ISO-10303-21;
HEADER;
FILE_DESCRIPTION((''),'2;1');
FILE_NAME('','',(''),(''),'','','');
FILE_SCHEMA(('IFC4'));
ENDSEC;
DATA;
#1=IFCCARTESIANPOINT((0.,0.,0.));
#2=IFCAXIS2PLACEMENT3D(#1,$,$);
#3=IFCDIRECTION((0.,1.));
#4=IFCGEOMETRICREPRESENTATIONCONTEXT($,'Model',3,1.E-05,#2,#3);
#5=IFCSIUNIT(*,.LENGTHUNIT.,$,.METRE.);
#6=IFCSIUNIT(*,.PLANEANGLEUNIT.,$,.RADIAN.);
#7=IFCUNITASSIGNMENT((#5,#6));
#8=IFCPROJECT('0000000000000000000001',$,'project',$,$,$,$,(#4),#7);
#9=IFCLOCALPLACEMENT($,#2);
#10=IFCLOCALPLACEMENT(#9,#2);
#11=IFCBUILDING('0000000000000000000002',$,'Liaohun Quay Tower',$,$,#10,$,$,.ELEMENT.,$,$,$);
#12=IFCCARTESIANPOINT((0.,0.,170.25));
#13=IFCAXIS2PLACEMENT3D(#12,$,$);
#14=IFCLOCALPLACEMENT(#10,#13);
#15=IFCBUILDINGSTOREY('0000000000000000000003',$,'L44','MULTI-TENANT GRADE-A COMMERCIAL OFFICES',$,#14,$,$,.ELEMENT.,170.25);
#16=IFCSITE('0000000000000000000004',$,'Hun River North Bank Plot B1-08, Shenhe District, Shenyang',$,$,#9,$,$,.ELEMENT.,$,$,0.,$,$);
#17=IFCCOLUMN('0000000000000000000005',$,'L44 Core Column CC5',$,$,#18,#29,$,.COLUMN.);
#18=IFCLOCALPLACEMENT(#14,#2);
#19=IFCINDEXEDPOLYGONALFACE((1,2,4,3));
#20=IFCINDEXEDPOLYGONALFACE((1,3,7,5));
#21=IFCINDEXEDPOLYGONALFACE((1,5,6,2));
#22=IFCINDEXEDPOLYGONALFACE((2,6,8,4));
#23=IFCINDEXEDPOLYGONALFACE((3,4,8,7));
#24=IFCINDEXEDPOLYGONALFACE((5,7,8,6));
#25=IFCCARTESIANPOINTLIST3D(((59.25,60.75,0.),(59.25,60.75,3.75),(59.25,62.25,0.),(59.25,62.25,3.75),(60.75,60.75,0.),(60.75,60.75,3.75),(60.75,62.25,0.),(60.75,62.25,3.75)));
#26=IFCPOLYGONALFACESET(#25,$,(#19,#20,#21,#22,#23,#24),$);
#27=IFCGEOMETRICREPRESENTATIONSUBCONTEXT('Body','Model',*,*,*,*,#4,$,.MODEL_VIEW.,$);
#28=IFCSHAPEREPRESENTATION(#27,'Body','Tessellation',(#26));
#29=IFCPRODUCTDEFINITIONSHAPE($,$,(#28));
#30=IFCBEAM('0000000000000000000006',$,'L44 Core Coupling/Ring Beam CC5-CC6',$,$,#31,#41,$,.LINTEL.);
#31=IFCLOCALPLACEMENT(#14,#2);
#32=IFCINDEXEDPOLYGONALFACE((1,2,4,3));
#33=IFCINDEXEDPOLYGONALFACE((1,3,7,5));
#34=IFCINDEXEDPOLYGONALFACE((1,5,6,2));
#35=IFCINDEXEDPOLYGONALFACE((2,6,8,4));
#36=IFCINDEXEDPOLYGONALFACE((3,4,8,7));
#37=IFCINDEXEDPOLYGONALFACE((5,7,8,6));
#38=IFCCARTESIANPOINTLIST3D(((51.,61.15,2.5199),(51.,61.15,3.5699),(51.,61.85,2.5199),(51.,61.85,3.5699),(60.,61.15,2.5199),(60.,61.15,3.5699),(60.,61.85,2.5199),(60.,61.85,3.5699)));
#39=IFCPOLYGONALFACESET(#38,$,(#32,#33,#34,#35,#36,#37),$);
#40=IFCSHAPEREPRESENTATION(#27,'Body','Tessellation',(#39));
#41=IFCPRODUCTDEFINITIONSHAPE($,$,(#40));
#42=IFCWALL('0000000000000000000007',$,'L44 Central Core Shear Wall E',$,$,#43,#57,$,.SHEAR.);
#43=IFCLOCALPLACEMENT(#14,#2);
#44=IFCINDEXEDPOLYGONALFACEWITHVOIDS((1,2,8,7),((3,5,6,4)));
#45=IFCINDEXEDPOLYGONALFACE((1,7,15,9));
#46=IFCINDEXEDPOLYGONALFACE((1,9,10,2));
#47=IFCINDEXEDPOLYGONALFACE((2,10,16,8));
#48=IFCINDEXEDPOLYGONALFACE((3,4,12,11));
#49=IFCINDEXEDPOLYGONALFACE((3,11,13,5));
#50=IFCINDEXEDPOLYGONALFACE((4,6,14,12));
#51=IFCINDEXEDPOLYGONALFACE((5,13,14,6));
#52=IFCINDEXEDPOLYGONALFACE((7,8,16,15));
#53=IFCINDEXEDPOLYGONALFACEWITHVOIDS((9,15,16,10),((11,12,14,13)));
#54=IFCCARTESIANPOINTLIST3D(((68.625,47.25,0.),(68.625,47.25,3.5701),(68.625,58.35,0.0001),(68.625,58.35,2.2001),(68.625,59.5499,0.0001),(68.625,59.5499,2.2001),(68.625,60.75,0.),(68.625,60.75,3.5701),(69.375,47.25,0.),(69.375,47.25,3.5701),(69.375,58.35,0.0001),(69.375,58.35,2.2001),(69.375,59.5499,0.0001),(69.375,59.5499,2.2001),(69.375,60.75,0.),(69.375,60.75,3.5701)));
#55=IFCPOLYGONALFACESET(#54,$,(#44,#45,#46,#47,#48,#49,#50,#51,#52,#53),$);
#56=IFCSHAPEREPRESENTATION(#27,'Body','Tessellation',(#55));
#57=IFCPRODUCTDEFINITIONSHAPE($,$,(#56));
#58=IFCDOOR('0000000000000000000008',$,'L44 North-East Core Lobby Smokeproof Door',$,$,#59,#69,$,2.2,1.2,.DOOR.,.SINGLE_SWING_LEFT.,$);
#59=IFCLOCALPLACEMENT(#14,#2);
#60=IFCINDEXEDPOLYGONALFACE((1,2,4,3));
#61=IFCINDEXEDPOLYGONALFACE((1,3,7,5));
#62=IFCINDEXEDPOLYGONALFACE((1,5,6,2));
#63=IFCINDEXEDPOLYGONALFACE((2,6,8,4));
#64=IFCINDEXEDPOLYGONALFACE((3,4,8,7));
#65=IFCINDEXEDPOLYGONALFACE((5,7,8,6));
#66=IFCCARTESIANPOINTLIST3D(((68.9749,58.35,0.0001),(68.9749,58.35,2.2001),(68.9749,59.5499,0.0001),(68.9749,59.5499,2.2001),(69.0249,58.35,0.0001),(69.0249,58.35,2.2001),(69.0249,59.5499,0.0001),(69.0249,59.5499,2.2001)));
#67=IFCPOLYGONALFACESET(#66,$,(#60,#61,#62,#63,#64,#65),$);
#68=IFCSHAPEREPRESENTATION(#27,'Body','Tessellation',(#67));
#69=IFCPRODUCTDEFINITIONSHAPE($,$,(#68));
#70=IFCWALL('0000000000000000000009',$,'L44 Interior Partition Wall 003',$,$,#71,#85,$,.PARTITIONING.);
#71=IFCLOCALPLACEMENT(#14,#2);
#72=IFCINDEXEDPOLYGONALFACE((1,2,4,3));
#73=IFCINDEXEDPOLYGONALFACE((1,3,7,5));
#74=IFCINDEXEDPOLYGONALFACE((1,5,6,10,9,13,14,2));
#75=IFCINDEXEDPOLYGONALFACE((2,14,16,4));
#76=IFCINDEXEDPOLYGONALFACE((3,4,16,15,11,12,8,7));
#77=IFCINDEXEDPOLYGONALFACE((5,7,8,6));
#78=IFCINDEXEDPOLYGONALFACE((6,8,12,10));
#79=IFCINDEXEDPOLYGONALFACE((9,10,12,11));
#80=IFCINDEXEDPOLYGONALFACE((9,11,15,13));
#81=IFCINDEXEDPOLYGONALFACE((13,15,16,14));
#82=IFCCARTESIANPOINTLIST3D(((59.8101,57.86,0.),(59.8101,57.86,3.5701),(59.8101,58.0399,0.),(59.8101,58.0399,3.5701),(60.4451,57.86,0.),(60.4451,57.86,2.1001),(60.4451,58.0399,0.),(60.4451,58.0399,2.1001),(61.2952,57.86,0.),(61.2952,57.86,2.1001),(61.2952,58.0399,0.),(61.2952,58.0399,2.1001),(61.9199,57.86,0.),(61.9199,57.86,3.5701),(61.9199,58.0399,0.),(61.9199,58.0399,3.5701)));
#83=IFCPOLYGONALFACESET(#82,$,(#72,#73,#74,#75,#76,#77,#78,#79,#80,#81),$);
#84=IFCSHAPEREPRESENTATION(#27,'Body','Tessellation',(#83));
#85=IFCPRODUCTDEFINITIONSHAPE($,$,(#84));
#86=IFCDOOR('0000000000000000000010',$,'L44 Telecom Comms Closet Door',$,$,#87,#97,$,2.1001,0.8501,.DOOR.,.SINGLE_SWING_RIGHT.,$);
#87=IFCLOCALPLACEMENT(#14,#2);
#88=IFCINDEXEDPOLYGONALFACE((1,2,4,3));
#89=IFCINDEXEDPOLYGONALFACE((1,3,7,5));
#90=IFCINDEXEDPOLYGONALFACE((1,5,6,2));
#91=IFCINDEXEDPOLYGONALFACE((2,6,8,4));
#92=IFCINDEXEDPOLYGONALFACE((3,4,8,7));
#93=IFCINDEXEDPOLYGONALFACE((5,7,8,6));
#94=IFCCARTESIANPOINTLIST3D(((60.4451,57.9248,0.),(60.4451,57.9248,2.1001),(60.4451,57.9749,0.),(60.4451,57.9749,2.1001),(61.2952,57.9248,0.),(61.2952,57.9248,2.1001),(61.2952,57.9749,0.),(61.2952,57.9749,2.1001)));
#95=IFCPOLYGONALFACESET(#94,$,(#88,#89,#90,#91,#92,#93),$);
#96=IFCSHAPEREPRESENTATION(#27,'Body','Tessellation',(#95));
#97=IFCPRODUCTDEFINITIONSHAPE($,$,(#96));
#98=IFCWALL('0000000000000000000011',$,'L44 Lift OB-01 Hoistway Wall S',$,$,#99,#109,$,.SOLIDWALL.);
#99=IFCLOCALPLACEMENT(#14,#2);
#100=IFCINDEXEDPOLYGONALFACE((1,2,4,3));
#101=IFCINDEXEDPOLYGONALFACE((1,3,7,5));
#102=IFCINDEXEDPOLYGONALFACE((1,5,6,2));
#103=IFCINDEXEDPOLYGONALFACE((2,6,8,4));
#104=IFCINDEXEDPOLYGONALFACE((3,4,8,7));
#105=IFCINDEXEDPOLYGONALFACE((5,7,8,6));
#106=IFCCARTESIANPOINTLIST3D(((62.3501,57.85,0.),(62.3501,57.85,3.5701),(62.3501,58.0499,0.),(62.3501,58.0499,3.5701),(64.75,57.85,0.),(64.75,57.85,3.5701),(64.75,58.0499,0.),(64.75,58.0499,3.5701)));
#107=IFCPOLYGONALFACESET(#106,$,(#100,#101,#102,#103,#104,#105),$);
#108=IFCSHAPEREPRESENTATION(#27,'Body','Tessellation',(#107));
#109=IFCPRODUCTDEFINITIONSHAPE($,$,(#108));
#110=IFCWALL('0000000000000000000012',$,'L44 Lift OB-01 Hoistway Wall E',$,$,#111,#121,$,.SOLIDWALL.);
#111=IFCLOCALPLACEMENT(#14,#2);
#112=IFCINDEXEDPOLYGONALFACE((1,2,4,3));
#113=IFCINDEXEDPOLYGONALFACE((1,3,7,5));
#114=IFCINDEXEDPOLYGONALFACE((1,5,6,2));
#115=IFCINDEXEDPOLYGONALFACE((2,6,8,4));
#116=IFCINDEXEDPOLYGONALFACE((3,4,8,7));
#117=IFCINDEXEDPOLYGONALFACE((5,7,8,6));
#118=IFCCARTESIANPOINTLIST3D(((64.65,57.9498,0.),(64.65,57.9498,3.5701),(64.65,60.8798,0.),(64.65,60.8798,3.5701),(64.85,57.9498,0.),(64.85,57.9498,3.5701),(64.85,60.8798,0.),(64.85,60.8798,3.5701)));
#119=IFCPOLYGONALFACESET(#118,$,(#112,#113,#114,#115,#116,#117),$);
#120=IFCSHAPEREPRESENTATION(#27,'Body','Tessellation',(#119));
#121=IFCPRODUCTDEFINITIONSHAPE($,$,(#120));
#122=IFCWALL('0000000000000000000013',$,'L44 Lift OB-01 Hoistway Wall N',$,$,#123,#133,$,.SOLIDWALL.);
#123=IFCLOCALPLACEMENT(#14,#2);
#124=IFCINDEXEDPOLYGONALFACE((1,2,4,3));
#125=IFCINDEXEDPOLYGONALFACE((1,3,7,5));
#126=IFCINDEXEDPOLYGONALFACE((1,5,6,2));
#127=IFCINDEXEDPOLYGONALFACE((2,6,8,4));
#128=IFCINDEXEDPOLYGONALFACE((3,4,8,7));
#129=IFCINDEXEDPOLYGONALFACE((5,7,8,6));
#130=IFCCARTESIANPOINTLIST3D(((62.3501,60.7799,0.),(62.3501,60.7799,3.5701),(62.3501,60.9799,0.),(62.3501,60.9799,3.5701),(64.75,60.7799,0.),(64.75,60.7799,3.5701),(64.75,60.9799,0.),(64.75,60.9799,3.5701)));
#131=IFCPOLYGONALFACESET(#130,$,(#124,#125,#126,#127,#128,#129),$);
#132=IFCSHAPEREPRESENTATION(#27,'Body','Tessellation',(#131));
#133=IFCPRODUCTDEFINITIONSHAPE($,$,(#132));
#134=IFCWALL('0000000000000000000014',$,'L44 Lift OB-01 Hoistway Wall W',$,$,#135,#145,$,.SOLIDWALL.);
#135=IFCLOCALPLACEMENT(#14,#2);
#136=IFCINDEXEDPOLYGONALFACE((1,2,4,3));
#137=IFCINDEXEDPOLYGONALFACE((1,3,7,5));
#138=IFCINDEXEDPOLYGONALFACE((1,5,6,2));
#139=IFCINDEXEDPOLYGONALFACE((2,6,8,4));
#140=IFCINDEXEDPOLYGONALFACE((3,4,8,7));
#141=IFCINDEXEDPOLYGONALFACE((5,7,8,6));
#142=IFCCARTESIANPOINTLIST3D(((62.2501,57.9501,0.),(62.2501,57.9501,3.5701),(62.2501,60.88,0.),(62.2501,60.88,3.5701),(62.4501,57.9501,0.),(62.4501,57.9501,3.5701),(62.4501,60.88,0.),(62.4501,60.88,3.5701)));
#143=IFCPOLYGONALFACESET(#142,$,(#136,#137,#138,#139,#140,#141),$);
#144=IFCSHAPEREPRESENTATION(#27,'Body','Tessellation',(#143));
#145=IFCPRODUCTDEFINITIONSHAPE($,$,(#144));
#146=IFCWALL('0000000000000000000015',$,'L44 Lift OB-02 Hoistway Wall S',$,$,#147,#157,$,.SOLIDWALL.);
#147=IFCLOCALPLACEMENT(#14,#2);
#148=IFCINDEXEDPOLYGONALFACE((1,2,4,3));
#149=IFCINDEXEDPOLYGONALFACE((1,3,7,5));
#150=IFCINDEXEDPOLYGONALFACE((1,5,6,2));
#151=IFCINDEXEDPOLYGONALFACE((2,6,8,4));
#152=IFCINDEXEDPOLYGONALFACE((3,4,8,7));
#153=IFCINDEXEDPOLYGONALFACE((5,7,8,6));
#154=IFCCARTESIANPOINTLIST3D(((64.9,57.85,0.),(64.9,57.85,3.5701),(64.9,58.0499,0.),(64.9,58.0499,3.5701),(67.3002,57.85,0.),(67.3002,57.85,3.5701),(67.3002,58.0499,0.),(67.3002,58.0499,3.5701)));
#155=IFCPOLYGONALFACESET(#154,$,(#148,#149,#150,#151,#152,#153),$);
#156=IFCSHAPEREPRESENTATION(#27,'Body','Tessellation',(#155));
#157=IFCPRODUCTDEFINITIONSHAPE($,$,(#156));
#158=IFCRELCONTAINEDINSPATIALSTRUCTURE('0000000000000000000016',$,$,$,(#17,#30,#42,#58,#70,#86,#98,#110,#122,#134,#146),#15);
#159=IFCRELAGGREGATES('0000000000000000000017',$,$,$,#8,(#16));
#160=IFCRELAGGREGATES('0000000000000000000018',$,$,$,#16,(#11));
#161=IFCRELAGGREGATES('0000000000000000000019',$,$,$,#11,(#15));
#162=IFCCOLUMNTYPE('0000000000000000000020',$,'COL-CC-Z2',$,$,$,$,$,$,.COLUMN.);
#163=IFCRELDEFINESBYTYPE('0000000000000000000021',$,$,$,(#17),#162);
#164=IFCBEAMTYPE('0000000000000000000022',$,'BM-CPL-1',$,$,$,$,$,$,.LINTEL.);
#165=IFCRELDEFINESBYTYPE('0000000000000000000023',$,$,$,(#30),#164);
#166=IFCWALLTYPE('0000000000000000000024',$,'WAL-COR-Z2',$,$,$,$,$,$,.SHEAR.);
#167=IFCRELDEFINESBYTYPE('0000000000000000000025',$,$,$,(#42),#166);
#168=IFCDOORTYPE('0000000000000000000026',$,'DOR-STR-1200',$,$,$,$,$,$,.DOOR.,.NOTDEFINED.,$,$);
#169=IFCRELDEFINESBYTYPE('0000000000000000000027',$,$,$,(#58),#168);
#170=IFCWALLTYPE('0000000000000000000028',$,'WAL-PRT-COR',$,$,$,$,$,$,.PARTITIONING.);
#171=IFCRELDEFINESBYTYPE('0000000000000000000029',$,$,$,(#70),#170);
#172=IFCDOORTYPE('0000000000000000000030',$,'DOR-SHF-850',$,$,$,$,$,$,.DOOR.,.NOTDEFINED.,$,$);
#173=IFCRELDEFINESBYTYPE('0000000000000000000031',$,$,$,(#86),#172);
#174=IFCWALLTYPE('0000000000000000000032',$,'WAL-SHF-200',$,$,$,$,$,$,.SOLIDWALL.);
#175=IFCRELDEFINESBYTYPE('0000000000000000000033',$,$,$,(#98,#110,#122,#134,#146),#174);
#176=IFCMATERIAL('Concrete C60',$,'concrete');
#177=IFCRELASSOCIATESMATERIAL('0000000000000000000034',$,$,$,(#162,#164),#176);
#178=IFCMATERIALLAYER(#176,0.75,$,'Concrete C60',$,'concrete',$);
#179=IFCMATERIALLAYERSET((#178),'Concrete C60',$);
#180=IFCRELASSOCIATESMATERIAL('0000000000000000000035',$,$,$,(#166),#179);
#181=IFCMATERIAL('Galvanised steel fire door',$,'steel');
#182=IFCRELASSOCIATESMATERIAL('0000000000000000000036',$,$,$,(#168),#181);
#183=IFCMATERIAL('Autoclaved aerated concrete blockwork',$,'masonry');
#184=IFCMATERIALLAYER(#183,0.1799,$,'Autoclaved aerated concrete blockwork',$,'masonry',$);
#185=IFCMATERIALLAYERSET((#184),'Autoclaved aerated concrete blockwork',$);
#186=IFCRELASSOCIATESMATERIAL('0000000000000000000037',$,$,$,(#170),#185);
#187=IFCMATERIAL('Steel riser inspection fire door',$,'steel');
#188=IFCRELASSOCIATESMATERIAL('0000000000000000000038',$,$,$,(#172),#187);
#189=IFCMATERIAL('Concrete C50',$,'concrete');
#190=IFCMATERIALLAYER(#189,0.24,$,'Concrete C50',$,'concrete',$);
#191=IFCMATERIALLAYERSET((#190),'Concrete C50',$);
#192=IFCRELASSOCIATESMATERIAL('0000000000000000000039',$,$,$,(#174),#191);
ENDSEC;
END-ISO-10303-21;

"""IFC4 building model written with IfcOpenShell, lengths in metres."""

from ifc_helpers import new_model, si_unit, direction, frame, frame_2d, origin, origin_2d, place, context, subcontext, project, spatial, rectangle, extrude, source, transform, mapped, material, layer, layer_set, material_profile, profile_set, type_object, element, fill, save


model = new_model("IFC4")

# Units and contexts
model_context = context("Model", 3, precision=1e-05, world=origin(), true_north=direction((0.0, 1.0)))
body_context = subcontext(model_context, "Body", "Model", "MODEL_VIEW")
ifc_project = project(units=[si_unit("LENGTHUNIT", "METRE"), si_unit("PLANEANGLEUNIT", "RADIAN")], contexts=[model_context])

# Site, building, storey
site_placement = place(None, origin())
site = spatial("IfcSite", under=ifc_project, at=site_placement, Name="Hun River North Bank Plot B1-08, Shenhe District, Shenyang", CompositionType="ELEMENT", RefElevation=0.0)
building_placement = place(site_placement, origin())
building = spatial("IfcBuilding", under=site, at=building_placement, Name="Liaohun Quay Tower", CompositionType="ELEMENT")
storey_placement = place(building_placement, frame((0.0, 0.0, 170.25)))
storey = spatial("IfcBuildingStorey", under=building, at=storey_placement, Name="L44", Description="MULTI-TENANT GRADE-A COMMERCIAL OFFICES", CompositionType="ELEMENT", Elevation=170.25)

# Column
ifc_material_1 = material(Name="Concrete C60", Category="concrete")
ifc_material_profile_1 = material_profile(ifc_material_1, rectangle(XDim=1.5, YDim=1.5, at=origin_2d()), Name="RC1500x1500")
ifc_profile_set_1 = profile_set([ifc_material_profile_1], Name="Concrete C60")
column_type = type_object("IfcColumnType", Name="COL-CC-Z2", PredefinedType="COLUMN", material=ifc_profile_set_1)
shared_shape_1 = source(origin(), body_context, "Body", "SweptSolid", [
    extrude(rectangle(XDim=1.5, YDim=1.5, at=origin_2d()), origin(), (0.0, 0.0, 1.0), 3.75),
])
column_placement = place(storey_placement, frame((60.0, 61.5, 0.0), z_axis=(0.0, 0.0, 1.0), x_axis=(1.0, 0.0, 0.0)))
element("IfcColumn", 1, at=column_placement, inside=storey, type_object=column_type, Name="L44 Core Column CC5", PredefinedType="COLUMN", context=body_context, shape_type="MappedRepresentation", body=[
    mapped(shared_shape_1, transform((0.0, 0.0, 0.0), x_axis=(1.0, 0.0, 0.0), y_axis=(0.0, 1.0, 0.0), z_axis=(0.0, 0.0, 1.0), scale=1.0)),
])

# Beam
ifc_material_profile_2 = material_profile(ifc_material_1, rectangle(XDim=0.7, YDim=1.05, at=origin_2d()), Name="RC700x1050")
ifc_profile_set_2 = profile_set([ifc_material_profile_2], Name="Concrete C60")
beam_type = type_object("IfcBeamType", Name="BM-CPL-1", PredefinedType="LINTEL", material=ifc_profile_set_2)
shared_shape_2 = source(origin(), body_context, "Body", "SweptSolid", [
    extrude(rectangle(XDim=0.7, YDim=1.05, at=origin_2d()), origin(), (0.0, 0.0, 1.0), 9.0),
])
beam_placement = place(storey_placement, frame((60.0, 61.5, 3.0449), z_axis=(-1.0, 0.0, 0.0), x_axis=(0.0, -1.0, 0.0)))
element("IfcBeam", 2, at=beam_placement, inside=storey, type_object=beam_type, Name="L44 Core Coupling/Ring Beam CC5-CC6", PredefinedType="LINTEL", context=body_context, shape_type="MappedRepresentation", body=[
    mapped(shared_shape_2, transform((0.0, 0.0, 0.0), x_axis=(1.0, 0.0, 0.0), y_axis=(0.0, 1.0, 0.0), z_axis=(0.0, 0.0, 1.0), scale=1.0)),
])

# Walls, openings, doors
ifc_layer_1 = layer(ifc_material_1, 0.75, Name="Concrete C60", Category="concrete")
ifc_layer_set_1 = layer_set([ifc_layer_1], Name="Concrete C60")
wall_type_1 = type_object("IfcWallType", Name="WAL-COR-Z2", PredefinedType="SHEAR", material=ifc_layer_set_1)
wall_1_placement = place(storey_placement, frame((69.0, 60.75, 0.0), z_axis=(0.0, 0.0, 1.0), x_axis=(0.0, -1.0, 0.0)))
wall_1 = element("IfcWall", 3, at=wall_1_placement, inside=storey, type_object=wall_type_1, Name="L44 Central Core Shear Wall E", PredefinedType="SHEAR", context=body_context, shape_type="SweptSolid", body=[
    extrude(rectangle(XDim=13.5, YDim=0.75, at=frame_2d((6.75, 0.0))), origin(), (0.0, 0.0, 1.0), 3.5701),
])
shared_shape_3 = source(origin(), body_context, "Body", "SweptSolid", [
    extrude(rectangle(XDim=1.2, YDim=2.2, at=frame_2d((0.6001, 1.1001))), frame((0.0, 0.385, 0.0), z_axis=(0.0, -1.0, 0.0), x_axis=(1.0, 0.0, 0.0)), (0.0, 0.0, 1.0), 0.77),
])
opening_1_placement = place(wall_1_placement, frame((1.2, 0.0, 0.0)))
opening_1 = element("IfcOpeningElement", 4, at=opening_1_placement, cuts=wall_1, PredefinedType="OPENING", context=body_context, shape_type="MappedRepresentation", body=[
    mapped(shared_shape_3, transform((0.0, 0.0, 0.0), x_axis=(1.0, 0.0, 0.0), y_axis=(0.0, 1.0, 0.0), z_axis=(0.0, 0.0, 1.0), scale=1.0)),
])
ifc_material_2 = material(Name="Galvanised steel fire door", Category="steel")
door_type_1 = type_object("IfcDoorType", Name="DOR-STR-1200", OperationType="NOTDEFINED", PredefinedType="DOOR", material=ifc_material_2)
shared_shape_4 = source(origin(), body_context, "Body", "SweptSolid", [
    extrude(rectangle(XDim=1.2, YDim=2.2, at=frame_2d((0.6001, 1.1001))), frame((0.0, 0.0249, 0.0), z_axis=(0.0, -1.0, 0.0), x_axis=(1.0, 0.0, 0.0)), (0.0, 0.0, 1.0), 0.05),
])
door_1_placement = place(opening_1_placement, origin())
door_1 = element("IfcDoor", 5, at=door_1_placement, inside=storey, type_object=door_type_1, Name="L44 North-East Core Lobby Smokeproof Door", OperationType="SINGLE_SWING_LEFT", OverallHeight=2.2, OverallWidth=1.2, PredefinedType="DOOR", context=body_context, shape_type="MappedRepresentation", body=[
    mapped(shared_shape_4, transform((0.0, 0.0, 0.0), x_axis=(1.0, 0.0, 0.0), y_axis=(0.0, 1.0, 0.0), z_axis=(0.0, 0.0, 1.0), scale=1.0)),
])
fill(opening_1, door_1)
ifc_material_3 = material(Name="Autoclaved aerated concrete blockwork", Category="masonry")
ifc_layer_2 = layer(ifc_material_3, 0.1799, Name="Autoclaved aerated concrete blockwork", Category="masonry")
ifc_layer_set_2 = layer_set([ifc_layer_2], Name="Autoclaved aerated concrete blockwork")
wall_type_2 = type_object("IfcWallType", Name="WAL-PRT-COR", PredefinedType="PARTITIONING", material=ifc_layer_set_2)
wall_2_placement = place(storey_placement, frame((59.8101, 57.95, 0.0), z_axis=(0.0, 0.0, 1.0), x_axis=(1.0, 0.0, 0.0)))
wall_2 = element("IfcWall", 6, at=wall_2_placement, inside=storey, type_object=wall_type_2, Name="L44 Interior Partition Wall 003", PredefinedType="PARTITIONING", context=body_context, shape_type="SweptSolid", body=[
    extrude(rectangle(XDim=2.1099, YDim=0.1799, at=frame_2d((1.0549, 0.0))), origin(), (0.0, 0.0, 1.0), 3.5701),
])
shared_shape_5 = source(origin(), body_context, "Body", "SweptSolid", [
    extrude(rectangle(XDim=0.8501, YDim=2.1001, at=frame_2d((0.425, 1.05))), frame((0.0, 0.0999, 0.0), z_axis=(0.0, -1.0, 0.0), x_axis=(1.0, 0.0, 0.0)), (0.0, 0.0, 1.0), 0.2),
])
opening_2_placement = place(wall_2_placement, frame((0.635, 0.0, 0.0)))
opening_2 = element("IfcOpeningElement", 7, at=opening_2_placement, cuts=wall_2, PredefinedType="OPENING", context=body_context, shape_type="MappedRepresentation", body=[
    mapped(shared_shape_5, transform((0.0, 0.0, 0.0), x_axis=(1.0, 0.0, 0.0), y_axis=(0.0, 1.0, 0.0), z_axis=(0.0, 0.0, 1.0), scale=1.0)),
])
ifc_material_4 = material(Name="Steel riser inspection fire door", Category="steel")
door_type_2 = type_object("IfcDoorType", Name="DOR-SHF-850", OperationType="NOTDEFINED", PredefinedType="DOOR", material=ifc_material_4)
shared_shape_6 = source(origin(), body_context, "Body", "SweptSolid", [
    extrude(rectangle(XDim=0.8501, YDim=2.1001, at=frame_2d((0.425, 1.05))), frame((0.0, 0.0249, 0.0), z_axis=(0.0, -1.0, 0.0), x_axis=(1.0, 0.0, 0.0)), (0.0, 0.0, 1.0), 0.05),
])
door_2_placement = place(opening_2_placement, origin())
door_2 = element("IfcDoor", 8, at=door_2_placement, inside=storey, type_object=door_type_2, Name="L44 Telecom Comms Closet Door", OperationType="SINGLE_SWING_RIGHT", OverallHeight=2.1001, OverallWidth=0.8501, PredefinedType="DOOR", context=body_context, shape_type="MappedRepresentation", body=[
    mapped(shared_shape_6, transform((0.0, 0.0, 0.0), x_axis=(1.0, 0.0, 0.0), y_axis=(0.0, 1.0, 0.0), z_axis=(0.0, 0.0, 1.0), scale=1.0)),
])
fill(opening_2, door_2)

# Walls
ifc_material_5 = material(Name="Concrete C50", Category="concrete")
ifc_layer_3 = layer(ifc_material_5, 0.24, Name="Concrete C50", Category="concrete")
ifc_layer_set_3 = layer_set([ifc_layer_3], Name="Concrete C50")
wall_type_3 = type_object("IfcWallType", Name="WAL-SHF-200", PredefinedType="SOLIDWALL", material=ifc_layer_set_3)
wall_3_placement = place(storey_placement, frame((62.3501, 57.95, 0.0), z_axis=(0.0, 0.0, 1.0), x_axis=(1.0, 0.0, 0.0)))
element("IfcWall", 9, at=wall_3_placement, inside=storey, type_object=wall_type_3, Name="L44 Lift OB-01 Hoistway Wall S", PredefinedType="SOLIDWALL", context=body_context, shape_type="SweptSolid", body=[
    extrude(rectangle(XDim=2.3999, YDim=0.2, at=frame_2d((1.2, 0.0))), origin(), (0.0, 0.0, 1.0), 3.5701),
])
wall_4_placement = place(storey_placement, frame((64.75, 57.95, 0.0), z_axis=(0.0, 0.0, 1.0), x_axis=(0.0, 1.0, 0.0)))
element("IfcWall", 10, at=wall_4_placement, inside=storey, type_object=wall_type_3, Name="L44 Lift OB-01 Hoistway Wall E", PredefinedType="SOLIDWALL", context=body_context, shape_type="SweptSolid", body=[
    extrude(rectangle(XDim=2.9299, YDim=0.2, at=frame_2d((1.4648, 0.0))), origin(), (0.0, 0.0, 1.0), 3.5701),
])
wall_5_placement = place(storey_placement, frame((64.75, 60.8799, 0.0), z_axis=(0.0, 0.0, 1.0), x_axis=(-1.0, 0.0, 0.0)))
element("IfcWall", 11, at=wall_5_placement, inside=storey, type_object=wall_type_3, Name="L44 Lift OB-01 Hoistway Wall N", PredefinedType="SOLIDWALL", context=body_context, shape_type="SweptSolid", body=[
    extrude(rectangle(XDim=2.3999, YDim=0.2, at=frame_2d((1.2, 0.0))), origin(), (0.0, 0.0, 1.0), 3.5701),
])
wall_6_placement = place(storey_placement, frame((62.3501, 60.8799, 0.0), z_axis=(0.0, 0.0, 1.0), x_axis=(0.0, -1.0, 0.0)))
element("IfcWall", 12, at=wall_6_placement, inside=storey, type_object=wall_type_3, Name="L44 Lift OB-01 Hoistway Wall W", PredefinedType="SOLIDWALL", context=body_context, shape_type="SweptSolid", body=[
    extrude(rectangle(XDim=2.9299, YDim=0.2, at=frame_2d((1.4648, 0.0))), origin(), (0.0, 0.0, 1.0), 3.5701),
])
wall_7_placement = place(storey_placement, frame((64.8999, 57.95, 0.0), z_axis=(0.0, 0.0, 1.0), x_axis=(1.0, 0.0, 0.0)))
element("IfcWall", 13, at=wall_7_placement, inside=storey, type_object=wall_type_3, Name="L44 Lift OB-02 Hoistway Wall S", PredefinedType="SOLIDWALL", context=body_context, shape_type="SweptSolid", body=[
    extrude(rectangle(XDim=2.4001, YDim=0.2, at=frame_2d((1.2002, 0.0))), origin(), (0.0, 0.0, 1.0), 3.5701),
])

save(model, "model.ifc")
